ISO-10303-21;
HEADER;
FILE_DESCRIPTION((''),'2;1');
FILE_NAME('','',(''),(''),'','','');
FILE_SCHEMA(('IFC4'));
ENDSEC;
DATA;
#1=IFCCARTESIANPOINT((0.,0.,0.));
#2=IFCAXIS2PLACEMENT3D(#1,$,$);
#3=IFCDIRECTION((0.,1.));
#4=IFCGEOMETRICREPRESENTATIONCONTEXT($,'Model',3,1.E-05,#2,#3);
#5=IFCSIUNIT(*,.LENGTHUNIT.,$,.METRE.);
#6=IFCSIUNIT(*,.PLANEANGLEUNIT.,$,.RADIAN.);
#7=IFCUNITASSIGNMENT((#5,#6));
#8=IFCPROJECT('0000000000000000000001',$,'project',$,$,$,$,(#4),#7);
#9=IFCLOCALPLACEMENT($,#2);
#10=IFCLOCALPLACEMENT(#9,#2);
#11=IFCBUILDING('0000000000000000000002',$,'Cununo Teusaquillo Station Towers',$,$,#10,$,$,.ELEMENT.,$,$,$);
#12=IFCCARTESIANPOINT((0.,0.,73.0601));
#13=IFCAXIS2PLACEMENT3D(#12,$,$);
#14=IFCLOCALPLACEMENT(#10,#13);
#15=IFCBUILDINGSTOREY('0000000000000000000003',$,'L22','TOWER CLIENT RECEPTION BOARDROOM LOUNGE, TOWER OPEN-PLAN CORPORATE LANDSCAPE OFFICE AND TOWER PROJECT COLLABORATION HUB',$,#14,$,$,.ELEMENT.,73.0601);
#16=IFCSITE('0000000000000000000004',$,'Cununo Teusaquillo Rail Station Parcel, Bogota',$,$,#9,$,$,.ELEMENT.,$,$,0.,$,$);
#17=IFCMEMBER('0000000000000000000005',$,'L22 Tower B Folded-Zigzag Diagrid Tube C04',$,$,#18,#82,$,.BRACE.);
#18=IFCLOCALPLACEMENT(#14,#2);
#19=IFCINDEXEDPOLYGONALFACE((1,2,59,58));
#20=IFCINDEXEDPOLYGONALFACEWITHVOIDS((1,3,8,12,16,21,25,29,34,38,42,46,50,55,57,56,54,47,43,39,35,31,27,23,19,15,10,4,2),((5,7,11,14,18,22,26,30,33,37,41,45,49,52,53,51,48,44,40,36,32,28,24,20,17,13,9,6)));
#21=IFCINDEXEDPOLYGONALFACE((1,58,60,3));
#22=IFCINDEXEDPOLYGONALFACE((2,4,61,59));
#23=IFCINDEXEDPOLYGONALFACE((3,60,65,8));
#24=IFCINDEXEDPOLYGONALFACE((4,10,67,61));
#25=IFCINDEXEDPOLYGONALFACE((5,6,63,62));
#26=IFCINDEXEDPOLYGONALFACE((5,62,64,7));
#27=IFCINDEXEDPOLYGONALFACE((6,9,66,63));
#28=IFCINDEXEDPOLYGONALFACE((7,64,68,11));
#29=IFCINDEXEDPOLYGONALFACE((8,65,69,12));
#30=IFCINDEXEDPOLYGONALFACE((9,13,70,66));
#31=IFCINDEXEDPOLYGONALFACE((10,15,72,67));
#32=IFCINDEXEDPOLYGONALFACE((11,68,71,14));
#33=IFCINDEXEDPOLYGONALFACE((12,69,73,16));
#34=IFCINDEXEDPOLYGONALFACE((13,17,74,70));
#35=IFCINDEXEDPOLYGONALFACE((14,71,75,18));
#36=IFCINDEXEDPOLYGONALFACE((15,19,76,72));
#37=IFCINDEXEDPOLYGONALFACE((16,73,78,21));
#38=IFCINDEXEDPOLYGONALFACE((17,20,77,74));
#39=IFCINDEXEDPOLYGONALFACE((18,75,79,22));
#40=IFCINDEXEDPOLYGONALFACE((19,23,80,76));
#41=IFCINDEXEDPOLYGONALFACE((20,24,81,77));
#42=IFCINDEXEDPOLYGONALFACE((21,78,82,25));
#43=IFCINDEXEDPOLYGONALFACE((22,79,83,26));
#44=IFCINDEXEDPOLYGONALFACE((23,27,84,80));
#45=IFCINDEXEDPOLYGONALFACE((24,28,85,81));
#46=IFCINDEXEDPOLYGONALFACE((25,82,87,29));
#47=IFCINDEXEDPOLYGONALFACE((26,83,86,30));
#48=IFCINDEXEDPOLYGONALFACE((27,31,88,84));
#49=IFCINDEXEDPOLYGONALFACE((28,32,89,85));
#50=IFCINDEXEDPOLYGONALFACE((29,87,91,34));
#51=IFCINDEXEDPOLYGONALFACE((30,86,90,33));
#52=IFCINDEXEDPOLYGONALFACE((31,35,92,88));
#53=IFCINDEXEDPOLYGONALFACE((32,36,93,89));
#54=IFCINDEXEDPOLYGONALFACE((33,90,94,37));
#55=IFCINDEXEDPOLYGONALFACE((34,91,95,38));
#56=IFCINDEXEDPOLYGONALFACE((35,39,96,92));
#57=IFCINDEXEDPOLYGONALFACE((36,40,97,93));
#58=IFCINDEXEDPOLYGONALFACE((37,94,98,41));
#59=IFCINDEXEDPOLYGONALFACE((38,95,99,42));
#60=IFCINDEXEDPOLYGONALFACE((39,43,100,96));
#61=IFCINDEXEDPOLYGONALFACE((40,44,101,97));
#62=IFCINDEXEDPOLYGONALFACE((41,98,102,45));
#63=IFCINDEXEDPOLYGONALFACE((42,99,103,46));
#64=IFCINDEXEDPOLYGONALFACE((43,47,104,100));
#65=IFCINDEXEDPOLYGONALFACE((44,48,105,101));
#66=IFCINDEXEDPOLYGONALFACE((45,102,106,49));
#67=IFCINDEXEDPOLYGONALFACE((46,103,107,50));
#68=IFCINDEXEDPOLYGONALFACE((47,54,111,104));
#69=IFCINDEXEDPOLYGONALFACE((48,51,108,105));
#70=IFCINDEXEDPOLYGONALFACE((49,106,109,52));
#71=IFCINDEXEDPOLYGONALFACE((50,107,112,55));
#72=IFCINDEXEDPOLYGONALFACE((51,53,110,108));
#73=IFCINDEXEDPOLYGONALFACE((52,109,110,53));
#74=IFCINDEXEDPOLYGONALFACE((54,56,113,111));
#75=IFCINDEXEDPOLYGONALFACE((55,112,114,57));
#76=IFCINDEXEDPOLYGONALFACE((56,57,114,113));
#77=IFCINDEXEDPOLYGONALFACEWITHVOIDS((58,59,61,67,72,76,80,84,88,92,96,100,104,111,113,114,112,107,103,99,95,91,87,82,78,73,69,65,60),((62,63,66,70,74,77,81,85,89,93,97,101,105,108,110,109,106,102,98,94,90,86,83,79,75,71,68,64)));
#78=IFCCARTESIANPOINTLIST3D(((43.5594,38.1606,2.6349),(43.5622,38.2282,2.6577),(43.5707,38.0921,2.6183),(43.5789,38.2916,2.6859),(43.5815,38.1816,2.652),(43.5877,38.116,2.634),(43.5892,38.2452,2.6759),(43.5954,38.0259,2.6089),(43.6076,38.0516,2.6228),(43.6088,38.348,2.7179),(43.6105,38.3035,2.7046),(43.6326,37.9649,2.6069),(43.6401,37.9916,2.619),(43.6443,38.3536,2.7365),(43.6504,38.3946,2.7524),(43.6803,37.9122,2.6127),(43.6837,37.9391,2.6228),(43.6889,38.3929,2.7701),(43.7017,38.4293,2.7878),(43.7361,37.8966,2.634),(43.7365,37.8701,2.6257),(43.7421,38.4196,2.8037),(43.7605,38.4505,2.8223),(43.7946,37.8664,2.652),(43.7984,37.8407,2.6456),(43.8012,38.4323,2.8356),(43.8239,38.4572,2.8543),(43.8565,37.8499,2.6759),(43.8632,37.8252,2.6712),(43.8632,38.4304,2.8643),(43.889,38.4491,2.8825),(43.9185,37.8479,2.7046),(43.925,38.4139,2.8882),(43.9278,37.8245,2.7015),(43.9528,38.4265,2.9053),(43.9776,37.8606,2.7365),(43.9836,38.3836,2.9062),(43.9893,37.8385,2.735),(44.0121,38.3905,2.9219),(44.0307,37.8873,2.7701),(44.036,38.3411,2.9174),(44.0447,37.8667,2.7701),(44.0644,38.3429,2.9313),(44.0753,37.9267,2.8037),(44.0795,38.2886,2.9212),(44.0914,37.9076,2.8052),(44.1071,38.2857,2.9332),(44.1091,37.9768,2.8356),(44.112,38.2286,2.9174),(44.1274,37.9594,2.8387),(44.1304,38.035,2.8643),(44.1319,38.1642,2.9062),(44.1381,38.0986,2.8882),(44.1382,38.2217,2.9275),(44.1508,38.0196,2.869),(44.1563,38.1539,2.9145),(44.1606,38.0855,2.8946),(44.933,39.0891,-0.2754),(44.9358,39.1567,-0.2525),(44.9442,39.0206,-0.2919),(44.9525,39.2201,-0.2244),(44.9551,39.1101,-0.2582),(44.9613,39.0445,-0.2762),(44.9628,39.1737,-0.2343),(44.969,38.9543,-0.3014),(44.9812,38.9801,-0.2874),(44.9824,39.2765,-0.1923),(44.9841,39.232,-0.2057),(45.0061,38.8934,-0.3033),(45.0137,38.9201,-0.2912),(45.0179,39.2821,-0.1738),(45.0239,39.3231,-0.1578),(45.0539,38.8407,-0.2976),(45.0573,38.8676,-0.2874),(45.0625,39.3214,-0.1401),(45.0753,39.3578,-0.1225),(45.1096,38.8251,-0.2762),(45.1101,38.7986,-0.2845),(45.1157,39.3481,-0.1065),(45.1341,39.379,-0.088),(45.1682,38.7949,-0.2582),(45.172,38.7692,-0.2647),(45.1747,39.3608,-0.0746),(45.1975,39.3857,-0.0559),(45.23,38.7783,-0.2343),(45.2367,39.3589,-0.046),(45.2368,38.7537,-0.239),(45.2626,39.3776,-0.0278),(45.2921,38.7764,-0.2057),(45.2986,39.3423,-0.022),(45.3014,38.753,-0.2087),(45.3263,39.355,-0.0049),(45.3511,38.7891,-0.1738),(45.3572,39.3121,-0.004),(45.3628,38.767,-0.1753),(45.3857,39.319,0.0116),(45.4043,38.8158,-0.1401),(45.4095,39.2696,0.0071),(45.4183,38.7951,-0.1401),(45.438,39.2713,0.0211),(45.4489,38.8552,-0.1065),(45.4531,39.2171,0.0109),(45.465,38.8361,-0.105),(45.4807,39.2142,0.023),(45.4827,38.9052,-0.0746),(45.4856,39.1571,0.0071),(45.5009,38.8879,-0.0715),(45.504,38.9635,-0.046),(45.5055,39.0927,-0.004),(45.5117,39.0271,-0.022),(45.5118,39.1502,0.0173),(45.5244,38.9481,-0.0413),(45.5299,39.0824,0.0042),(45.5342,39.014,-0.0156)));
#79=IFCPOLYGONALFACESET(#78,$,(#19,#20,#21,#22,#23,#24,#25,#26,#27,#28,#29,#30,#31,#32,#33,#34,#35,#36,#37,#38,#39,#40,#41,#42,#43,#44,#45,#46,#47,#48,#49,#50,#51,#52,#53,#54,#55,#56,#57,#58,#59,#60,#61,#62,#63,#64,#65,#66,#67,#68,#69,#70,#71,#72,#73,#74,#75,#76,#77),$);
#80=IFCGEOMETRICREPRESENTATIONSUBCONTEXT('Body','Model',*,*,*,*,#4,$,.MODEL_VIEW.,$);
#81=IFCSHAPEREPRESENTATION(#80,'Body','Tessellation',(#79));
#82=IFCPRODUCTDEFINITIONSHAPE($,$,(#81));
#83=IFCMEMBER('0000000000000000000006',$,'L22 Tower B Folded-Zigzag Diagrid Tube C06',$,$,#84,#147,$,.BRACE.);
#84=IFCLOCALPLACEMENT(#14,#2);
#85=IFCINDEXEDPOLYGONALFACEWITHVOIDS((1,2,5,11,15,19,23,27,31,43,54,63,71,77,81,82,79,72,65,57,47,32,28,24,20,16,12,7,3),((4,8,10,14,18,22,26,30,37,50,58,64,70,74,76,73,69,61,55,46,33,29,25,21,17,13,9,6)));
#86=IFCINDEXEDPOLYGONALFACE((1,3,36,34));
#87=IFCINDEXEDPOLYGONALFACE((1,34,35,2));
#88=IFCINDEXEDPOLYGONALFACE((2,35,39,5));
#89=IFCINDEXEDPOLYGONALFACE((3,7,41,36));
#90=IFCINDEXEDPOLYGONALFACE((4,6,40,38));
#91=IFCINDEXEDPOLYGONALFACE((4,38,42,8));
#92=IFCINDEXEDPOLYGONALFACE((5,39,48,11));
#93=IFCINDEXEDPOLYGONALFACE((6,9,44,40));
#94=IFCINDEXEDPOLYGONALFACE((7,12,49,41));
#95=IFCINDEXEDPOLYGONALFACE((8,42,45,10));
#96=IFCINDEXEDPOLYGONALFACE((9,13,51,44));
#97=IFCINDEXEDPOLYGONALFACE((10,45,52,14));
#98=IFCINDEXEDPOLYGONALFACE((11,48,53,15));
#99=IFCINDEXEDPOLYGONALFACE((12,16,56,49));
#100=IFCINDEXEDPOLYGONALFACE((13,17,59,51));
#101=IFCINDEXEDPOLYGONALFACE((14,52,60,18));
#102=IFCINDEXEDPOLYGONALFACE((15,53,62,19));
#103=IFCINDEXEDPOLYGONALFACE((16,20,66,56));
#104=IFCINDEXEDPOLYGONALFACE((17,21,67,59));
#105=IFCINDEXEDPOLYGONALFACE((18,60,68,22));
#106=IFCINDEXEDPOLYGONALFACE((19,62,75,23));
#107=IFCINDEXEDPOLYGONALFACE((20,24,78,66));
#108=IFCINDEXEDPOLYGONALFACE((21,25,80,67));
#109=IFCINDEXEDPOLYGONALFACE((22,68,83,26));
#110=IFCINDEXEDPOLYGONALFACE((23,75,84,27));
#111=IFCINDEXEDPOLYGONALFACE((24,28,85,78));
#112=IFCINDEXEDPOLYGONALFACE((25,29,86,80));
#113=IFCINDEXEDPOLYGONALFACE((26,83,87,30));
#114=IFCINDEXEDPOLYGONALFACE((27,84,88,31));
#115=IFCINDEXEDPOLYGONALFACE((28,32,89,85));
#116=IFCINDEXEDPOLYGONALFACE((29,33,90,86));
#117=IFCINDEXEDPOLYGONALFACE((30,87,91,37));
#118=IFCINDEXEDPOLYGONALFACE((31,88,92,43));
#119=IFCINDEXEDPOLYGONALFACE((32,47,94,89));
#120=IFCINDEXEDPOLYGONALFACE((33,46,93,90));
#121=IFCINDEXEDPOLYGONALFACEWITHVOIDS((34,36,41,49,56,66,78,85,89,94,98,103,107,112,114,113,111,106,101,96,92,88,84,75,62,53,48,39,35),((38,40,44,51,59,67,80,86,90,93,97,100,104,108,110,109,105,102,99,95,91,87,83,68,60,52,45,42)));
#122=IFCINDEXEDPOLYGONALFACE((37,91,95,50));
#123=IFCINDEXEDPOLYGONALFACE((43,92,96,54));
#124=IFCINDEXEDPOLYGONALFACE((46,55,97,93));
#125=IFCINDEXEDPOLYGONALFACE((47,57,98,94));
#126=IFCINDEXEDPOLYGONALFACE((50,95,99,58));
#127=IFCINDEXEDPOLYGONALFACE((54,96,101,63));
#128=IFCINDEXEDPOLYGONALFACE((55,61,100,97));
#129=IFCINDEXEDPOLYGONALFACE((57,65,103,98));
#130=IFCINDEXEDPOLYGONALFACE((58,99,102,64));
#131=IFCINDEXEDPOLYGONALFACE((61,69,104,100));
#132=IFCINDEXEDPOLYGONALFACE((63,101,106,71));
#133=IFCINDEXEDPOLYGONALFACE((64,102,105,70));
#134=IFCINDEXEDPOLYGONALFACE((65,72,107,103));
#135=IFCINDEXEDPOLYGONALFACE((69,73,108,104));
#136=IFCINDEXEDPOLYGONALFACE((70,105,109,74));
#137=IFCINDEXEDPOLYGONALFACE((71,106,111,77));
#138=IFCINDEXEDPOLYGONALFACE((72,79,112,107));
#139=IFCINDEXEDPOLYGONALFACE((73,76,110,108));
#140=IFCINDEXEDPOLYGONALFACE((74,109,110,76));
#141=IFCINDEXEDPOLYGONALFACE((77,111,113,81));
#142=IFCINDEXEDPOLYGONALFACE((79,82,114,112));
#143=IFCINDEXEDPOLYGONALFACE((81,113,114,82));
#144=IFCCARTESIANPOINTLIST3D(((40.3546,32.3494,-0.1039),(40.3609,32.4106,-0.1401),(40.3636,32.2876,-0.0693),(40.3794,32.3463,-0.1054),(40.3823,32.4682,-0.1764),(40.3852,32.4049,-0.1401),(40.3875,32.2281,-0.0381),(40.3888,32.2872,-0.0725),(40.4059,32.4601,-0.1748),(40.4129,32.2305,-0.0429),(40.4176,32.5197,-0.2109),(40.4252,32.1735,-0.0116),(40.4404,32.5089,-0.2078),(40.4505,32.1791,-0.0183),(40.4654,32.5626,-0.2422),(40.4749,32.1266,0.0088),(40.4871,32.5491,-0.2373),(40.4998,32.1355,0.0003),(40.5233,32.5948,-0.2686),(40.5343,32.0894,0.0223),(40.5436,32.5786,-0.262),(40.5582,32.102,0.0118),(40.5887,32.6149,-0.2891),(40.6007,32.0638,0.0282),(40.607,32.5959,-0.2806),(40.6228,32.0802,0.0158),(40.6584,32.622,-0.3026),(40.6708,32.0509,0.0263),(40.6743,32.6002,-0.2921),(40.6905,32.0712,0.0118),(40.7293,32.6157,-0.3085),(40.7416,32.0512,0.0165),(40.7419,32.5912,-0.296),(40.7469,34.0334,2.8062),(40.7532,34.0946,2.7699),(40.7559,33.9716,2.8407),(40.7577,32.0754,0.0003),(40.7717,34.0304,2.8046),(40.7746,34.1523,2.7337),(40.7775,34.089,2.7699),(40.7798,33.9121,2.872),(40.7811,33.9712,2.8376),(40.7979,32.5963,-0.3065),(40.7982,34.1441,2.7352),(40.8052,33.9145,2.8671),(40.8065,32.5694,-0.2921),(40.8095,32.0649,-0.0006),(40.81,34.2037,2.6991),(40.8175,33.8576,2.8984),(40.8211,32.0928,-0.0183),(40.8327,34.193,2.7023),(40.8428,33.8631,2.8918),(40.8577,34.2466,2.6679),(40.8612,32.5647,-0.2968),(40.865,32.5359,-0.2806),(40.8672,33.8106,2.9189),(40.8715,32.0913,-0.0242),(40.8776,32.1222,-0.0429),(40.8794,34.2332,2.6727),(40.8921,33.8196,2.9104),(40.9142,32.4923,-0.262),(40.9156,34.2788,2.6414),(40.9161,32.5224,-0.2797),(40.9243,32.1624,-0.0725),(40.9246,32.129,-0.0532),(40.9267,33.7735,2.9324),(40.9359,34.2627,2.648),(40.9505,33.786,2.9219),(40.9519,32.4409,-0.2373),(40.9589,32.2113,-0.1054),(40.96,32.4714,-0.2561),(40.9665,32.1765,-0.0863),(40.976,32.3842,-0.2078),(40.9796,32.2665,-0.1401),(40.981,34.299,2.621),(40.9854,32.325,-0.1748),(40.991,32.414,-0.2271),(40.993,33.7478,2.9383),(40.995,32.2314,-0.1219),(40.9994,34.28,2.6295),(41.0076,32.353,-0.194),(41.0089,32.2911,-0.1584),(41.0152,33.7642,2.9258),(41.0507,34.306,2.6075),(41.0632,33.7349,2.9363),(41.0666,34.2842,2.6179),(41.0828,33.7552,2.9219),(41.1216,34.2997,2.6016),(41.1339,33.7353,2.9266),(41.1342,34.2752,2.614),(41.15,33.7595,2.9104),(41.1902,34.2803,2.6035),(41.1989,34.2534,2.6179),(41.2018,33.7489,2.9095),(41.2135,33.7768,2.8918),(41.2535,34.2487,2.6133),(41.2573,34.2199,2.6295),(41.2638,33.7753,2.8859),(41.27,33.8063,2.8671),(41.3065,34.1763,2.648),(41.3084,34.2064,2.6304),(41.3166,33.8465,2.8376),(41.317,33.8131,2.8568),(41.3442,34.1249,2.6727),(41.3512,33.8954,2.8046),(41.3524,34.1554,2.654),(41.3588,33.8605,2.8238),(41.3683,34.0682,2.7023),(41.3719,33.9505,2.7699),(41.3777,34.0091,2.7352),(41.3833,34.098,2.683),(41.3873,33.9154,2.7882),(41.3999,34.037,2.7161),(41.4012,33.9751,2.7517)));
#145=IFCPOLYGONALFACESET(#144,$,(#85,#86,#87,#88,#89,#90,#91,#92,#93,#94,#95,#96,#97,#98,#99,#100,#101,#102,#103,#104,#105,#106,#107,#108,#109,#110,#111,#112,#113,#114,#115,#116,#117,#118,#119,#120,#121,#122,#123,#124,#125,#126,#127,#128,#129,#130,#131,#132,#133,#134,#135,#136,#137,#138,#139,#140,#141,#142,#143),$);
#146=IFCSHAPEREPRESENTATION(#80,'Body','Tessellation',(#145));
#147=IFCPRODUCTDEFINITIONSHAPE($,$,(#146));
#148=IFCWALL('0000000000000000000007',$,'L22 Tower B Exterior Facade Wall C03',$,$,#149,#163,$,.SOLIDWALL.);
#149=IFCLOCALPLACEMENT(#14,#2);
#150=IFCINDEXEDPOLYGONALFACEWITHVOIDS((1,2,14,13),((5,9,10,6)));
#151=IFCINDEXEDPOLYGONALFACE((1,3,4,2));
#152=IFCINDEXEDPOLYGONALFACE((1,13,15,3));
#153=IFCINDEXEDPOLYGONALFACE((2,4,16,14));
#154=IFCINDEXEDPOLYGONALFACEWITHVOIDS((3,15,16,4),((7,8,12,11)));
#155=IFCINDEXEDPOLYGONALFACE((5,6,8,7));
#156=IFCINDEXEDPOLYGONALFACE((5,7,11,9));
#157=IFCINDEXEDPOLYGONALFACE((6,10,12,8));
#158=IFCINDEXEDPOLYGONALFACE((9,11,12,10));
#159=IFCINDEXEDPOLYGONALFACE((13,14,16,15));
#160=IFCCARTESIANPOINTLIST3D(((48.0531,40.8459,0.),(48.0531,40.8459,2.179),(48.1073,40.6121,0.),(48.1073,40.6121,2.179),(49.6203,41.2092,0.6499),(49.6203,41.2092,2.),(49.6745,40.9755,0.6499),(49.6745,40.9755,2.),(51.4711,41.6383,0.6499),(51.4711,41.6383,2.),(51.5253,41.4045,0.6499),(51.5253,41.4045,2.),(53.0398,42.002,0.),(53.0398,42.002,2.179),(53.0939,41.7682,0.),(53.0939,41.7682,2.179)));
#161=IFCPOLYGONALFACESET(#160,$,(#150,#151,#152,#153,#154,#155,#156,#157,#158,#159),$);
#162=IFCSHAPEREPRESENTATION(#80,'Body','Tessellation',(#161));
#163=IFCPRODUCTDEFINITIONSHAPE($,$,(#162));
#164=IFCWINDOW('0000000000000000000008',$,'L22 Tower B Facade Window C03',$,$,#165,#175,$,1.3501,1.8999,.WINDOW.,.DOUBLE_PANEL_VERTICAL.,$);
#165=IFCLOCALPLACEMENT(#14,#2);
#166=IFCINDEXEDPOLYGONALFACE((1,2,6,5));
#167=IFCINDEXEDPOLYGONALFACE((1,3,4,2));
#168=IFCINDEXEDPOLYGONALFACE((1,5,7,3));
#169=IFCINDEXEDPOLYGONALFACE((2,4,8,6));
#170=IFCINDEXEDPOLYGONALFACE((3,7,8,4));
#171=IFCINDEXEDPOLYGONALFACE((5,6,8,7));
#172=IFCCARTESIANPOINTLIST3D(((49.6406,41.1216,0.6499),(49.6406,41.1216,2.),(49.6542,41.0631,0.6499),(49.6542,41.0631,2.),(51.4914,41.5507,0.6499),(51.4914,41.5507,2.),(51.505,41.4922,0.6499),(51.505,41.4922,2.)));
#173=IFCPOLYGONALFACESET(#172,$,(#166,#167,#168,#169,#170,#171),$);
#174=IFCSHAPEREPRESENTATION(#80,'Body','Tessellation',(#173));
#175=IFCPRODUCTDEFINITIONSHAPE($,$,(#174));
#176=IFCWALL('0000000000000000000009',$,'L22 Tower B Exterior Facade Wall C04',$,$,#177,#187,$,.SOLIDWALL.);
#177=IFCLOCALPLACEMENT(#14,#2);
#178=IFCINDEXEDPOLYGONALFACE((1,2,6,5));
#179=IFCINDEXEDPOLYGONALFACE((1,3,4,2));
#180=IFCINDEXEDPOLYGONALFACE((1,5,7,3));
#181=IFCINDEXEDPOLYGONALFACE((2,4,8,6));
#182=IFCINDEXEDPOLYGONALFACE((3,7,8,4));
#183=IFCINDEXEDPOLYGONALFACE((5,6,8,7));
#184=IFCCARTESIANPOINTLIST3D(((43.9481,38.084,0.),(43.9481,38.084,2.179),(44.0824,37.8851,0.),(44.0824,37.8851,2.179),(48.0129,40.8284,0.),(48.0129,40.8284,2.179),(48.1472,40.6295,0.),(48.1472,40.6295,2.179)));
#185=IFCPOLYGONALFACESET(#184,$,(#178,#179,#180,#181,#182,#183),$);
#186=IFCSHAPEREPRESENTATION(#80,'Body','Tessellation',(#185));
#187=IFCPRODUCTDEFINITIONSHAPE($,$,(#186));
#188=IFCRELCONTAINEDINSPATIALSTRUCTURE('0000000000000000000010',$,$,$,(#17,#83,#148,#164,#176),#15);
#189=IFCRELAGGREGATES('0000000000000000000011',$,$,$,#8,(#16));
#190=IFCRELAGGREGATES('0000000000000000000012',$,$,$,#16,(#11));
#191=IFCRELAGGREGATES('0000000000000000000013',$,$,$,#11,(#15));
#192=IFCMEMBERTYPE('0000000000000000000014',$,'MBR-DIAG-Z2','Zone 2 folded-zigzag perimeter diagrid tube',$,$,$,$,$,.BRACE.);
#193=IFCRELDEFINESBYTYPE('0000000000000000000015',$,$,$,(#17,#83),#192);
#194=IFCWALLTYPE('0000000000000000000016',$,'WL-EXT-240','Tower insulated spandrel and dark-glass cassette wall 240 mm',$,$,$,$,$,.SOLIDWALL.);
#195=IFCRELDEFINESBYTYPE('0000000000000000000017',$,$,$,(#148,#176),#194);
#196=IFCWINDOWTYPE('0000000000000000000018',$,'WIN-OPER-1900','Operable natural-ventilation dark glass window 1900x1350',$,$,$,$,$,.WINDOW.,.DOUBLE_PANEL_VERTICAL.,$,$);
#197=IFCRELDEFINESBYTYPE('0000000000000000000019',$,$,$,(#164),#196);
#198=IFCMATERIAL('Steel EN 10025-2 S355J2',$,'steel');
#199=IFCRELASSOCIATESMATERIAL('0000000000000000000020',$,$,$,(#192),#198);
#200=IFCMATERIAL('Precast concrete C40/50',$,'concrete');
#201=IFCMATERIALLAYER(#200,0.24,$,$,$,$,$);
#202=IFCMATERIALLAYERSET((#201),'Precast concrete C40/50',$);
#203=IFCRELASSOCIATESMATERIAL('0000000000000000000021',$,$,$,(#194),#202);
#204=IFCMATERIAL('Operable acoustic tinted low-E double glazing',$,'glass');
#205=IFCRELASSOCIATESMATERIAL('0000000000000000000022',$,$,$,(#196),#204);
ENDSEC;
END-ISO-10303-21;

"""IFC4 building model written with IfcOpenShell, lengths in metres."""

from ifc_helpers import new_model, si_unit, direction, frame, frame_2d, origin, origin_2d, place, context, subcontext, project, spatial, rectangle, hollow_circle, extrude, source, transform, mapped, material, layer, layer_set, material_profile, profile_set, type_object, element, fill, save


model = new_model("IFC4")

# Units and contexts
model_context = context("Model", 3, precision=1e-05, world=origin(), true_north=direction((0.0, 1.0)))
body_context = subcontext(model_context, "Body", "Model", "MODEL_VIEW")
ifc_project = project(units=[si_unit("LENGTHUNIT", "METRE"), si_unit("PLANEANGLEUNIT", "RADIAN")], contexts=[model_context])

# Site, building, storey
site_placement = place(None, origin())
site = spatial("IfcSite", under=ifc_project, at=site_placement, Name="Cununo Teusaquillo Rail Station Parcel, Bogota", CompositionType="ELEMENT", RefElevation=0.0)
building_placement = place(site_placement, origin())
building = spatial("IfcBuilding", under=site, at=building_placement, Name="Cununo Teusaquillo Station Towers", CompositionType="ELEMENT")
storey_placement = place(building_placement, frame((0.0, 0.0, 73.0601)))
storey = spatial("IfcBuildingStorey", under=building, at=storey_placement, Name="L22", Description="TOWER CLIENT RECEPTION BOARDROOM LOUNGE, TOWER OPEN-PLAN CORPORATE LANDSCAPE OFFICE AND TOWER PROJECT COLLABORATION HUB", CompositionType="ELEMENT", Elevation=73.0601)

# Members
ifc_material_1 = material(Name="Steel EN 10025-2 S355J2", Category="steel")
ifc_material_profile_1 = material_profile(ifc_material_1, hollow_circle(Radius=0.3301, WallThickness=0.0249, at=origin_2d()), Name="CHS 660x25")
ifc_profile_set_1 = profile_set([ifc_material_profile_1], Name="Steel EN 10025-2 S355J2")
member_type = type_object("IfcMemberType", Name="MBR-DIAG-Z2", Description="Zone 2 folded-zigzag perimeter diagrid tube", PredefinedType="BRACE", material=ifc_profile_set_1)
member_1_placement = place(storey_placement, frame((45.2334, 39.0686, -0.1401), z_axis=(-0.410099, -0.277214, 0.868891), x_axis=(0.560024, -0.828476, 0.0)))
element("IfcMember", 1, at=member_1_placement, inside=storey, type_object=member_type, Name="L22 Tower B Folded-Zigzag Diagrid Tube C04", PredefinedType="BRACE", context=body_context, shape_type="SweptSolid", body=[
    extrude(hollow_circle(Radius=0.3301, WallThickness=0.0249, at=origin_2d()), origin(), (0.0, 0.0, 1.0), 3.3494),
])
member_2_placement = place(storey_placement, frame((40.6824, 32.3357, -0.1401), z_axis=(0.115899, 0.497495, 0.85969), x_axis=(-0.97392, 0.22689, 0.0)))
element("IfcMember", 2, at=member_2_placement, inside=storey, type_object=member_type, Name="L22 Tower B Folded-Zigzag Diagrid Tube C06", PredefinedType="BRACE", context=body_context, shape_type="SweptSolid", body=[
    extrude(hollow_circle(Radius=0.3301, WallThickness=0.0249, at=origin_2d()), origin(), (0.0, 0.0, 1.0), 3.385),
])

# Wall, opening, window
ifc_material_2 = material(Name="Precast concrete C40/50", Category="concrete")
ifc_layer_1 = layer(ifc_material_2, 0.24)
ifc_layer_set_1 = layer_set([ifc_layer_1], Name="Precast concrete C40/50")
wall_type_1 = type_object("IfcWallType", Name="WL-EXT-240", Description="Tower insulated spandrel and dark-glass cassette wall 240 mm", PredefinedType="SOLIDWALL", material=ifc_layer_set_1)
wall_1_placement = place(storey_placement, frame((48.0801, 40.729, 0.0), z_axis=(0.0, 0.0, 1.0), x_axis=(0.974166, 0.225835, 0.0)))
wall_1 = element("IfcWall", 3, at=wall_1_placement, inside=storey, type_object=wall_type_1, Name="L22 Tower B Exterior Facade Wall C03", PredefinedType="SOLIDWALL", context=body_context, shape_type="SweptSolid", body=[
    extrude(rectangle(XDim=5.1189, YDim=0.24, at=frame_2d((2.5596, 0.0))), origin(), (0.0, 0.0, 1.0), 2.179),
])
shared_shape_1 = source(origin(), body_context, "Body", "SweptSolid", [
    extrude(rectangle(XDim=1.8999, YDim=1.3501, at=frame_2d((0.95, 0.675))), frame((0.0, 0.1299, 0.0), z_axis=(0.0, -1.0, 0.0), x_axis=(1.0, 0.0, 0.0)), (0.0, 0.0, 1.0), 0.26),
])
opening_1_placement = place(wall_1_placement, frame((1.6089, 0.0, 0.6499)))
opening_1 = element("IfcOpeningElement", 4, at=opening_1_placement, cuts=wall_1, PredefinedType="OPENING", context=body_context, shape_type="MappedRepresentation", body=[
    mapped(shared_shape_1, transform((0.0, 0.0, 0.0), x_axis=(1.0, 0.0, 0.0), y_axis=(0.0, 1.0, 0.0), z_axis=(0.0, 0.0, 1.0), scale=1.0)),
])
ifc_material_3 = material(Name="Operable acoustic tinted low-E double glazing", Category="glass")
window_type_1 = type_object("IfcWindowType", Name="WIN-OPER-1900", Description="Operable natural-ventilation dark glass window 1900x1350", PartitioningType="DOUBLE_PANEL_VERTICAL", PredefinedType="WINDOW", material=ifc_material_3)
shared_shape_2 = source(origin(), body_context, "Body", "SweptSolid", [
    extrude(rectangle(XDim=1.8999, YDim=1.3501, at=frame_2d((0.95, 0.675))), frame((0.0, 0.03, 0.0), z_axis=(0.0, -1.0, 0.0), x_axis=(1.0, 0.0, 0.0)), (0.0, 0.0, 1.0), 0.0601),
])
window_1_placement = place(opening_1_placement, origin())
window_1 = element("IfcWindow", 5, at=window_1_placement, inside=storey, type_object=window_type_1, Name="L22 Tower B Facade Window C03", OverallHeight=1.3501, OverallWidth=1.8999, PartitioningType="DOUBLE_PANEL_VERTICAL", PredefinedType="WINDOW", context=body_context, shape_type="MappedRepresentation", body=[
    mapped(shared_shape_2, transform((0.0, 0.0, 0.0), x_axis=(1.0, 0.0, 0.0), y_axis=(0.0, 1.0, 0.0), z_axis=(0.0, 0.0, 1.0), scale=1.0)),
])
fill(opening_1, window_1)

# Wall
wall_2_placement = place(storey_placement, frame((44.0154, 37.9846, 0.0), z_axis=(0.0, 0.0, 1.0), x_axis=(0.828781, 0.559573, 0.0)))
element("IfcWall", 6, at=wall_2_placement, inside=storey, type_object=wall_type_1, Name="L22 Tower B Exterior Facade Wall C04", PredefinedType="SOLIDWALL", context=body_context, shape_type="SweptSolid", body=[
    extrude(rectangle(XDim=4.9045, YDim=0.24, at=frame_2d((2.4521, 0.0))), origin(), (0.0, 0.0, 1.0), 2.179),
])

save(model, "model.ifc")
